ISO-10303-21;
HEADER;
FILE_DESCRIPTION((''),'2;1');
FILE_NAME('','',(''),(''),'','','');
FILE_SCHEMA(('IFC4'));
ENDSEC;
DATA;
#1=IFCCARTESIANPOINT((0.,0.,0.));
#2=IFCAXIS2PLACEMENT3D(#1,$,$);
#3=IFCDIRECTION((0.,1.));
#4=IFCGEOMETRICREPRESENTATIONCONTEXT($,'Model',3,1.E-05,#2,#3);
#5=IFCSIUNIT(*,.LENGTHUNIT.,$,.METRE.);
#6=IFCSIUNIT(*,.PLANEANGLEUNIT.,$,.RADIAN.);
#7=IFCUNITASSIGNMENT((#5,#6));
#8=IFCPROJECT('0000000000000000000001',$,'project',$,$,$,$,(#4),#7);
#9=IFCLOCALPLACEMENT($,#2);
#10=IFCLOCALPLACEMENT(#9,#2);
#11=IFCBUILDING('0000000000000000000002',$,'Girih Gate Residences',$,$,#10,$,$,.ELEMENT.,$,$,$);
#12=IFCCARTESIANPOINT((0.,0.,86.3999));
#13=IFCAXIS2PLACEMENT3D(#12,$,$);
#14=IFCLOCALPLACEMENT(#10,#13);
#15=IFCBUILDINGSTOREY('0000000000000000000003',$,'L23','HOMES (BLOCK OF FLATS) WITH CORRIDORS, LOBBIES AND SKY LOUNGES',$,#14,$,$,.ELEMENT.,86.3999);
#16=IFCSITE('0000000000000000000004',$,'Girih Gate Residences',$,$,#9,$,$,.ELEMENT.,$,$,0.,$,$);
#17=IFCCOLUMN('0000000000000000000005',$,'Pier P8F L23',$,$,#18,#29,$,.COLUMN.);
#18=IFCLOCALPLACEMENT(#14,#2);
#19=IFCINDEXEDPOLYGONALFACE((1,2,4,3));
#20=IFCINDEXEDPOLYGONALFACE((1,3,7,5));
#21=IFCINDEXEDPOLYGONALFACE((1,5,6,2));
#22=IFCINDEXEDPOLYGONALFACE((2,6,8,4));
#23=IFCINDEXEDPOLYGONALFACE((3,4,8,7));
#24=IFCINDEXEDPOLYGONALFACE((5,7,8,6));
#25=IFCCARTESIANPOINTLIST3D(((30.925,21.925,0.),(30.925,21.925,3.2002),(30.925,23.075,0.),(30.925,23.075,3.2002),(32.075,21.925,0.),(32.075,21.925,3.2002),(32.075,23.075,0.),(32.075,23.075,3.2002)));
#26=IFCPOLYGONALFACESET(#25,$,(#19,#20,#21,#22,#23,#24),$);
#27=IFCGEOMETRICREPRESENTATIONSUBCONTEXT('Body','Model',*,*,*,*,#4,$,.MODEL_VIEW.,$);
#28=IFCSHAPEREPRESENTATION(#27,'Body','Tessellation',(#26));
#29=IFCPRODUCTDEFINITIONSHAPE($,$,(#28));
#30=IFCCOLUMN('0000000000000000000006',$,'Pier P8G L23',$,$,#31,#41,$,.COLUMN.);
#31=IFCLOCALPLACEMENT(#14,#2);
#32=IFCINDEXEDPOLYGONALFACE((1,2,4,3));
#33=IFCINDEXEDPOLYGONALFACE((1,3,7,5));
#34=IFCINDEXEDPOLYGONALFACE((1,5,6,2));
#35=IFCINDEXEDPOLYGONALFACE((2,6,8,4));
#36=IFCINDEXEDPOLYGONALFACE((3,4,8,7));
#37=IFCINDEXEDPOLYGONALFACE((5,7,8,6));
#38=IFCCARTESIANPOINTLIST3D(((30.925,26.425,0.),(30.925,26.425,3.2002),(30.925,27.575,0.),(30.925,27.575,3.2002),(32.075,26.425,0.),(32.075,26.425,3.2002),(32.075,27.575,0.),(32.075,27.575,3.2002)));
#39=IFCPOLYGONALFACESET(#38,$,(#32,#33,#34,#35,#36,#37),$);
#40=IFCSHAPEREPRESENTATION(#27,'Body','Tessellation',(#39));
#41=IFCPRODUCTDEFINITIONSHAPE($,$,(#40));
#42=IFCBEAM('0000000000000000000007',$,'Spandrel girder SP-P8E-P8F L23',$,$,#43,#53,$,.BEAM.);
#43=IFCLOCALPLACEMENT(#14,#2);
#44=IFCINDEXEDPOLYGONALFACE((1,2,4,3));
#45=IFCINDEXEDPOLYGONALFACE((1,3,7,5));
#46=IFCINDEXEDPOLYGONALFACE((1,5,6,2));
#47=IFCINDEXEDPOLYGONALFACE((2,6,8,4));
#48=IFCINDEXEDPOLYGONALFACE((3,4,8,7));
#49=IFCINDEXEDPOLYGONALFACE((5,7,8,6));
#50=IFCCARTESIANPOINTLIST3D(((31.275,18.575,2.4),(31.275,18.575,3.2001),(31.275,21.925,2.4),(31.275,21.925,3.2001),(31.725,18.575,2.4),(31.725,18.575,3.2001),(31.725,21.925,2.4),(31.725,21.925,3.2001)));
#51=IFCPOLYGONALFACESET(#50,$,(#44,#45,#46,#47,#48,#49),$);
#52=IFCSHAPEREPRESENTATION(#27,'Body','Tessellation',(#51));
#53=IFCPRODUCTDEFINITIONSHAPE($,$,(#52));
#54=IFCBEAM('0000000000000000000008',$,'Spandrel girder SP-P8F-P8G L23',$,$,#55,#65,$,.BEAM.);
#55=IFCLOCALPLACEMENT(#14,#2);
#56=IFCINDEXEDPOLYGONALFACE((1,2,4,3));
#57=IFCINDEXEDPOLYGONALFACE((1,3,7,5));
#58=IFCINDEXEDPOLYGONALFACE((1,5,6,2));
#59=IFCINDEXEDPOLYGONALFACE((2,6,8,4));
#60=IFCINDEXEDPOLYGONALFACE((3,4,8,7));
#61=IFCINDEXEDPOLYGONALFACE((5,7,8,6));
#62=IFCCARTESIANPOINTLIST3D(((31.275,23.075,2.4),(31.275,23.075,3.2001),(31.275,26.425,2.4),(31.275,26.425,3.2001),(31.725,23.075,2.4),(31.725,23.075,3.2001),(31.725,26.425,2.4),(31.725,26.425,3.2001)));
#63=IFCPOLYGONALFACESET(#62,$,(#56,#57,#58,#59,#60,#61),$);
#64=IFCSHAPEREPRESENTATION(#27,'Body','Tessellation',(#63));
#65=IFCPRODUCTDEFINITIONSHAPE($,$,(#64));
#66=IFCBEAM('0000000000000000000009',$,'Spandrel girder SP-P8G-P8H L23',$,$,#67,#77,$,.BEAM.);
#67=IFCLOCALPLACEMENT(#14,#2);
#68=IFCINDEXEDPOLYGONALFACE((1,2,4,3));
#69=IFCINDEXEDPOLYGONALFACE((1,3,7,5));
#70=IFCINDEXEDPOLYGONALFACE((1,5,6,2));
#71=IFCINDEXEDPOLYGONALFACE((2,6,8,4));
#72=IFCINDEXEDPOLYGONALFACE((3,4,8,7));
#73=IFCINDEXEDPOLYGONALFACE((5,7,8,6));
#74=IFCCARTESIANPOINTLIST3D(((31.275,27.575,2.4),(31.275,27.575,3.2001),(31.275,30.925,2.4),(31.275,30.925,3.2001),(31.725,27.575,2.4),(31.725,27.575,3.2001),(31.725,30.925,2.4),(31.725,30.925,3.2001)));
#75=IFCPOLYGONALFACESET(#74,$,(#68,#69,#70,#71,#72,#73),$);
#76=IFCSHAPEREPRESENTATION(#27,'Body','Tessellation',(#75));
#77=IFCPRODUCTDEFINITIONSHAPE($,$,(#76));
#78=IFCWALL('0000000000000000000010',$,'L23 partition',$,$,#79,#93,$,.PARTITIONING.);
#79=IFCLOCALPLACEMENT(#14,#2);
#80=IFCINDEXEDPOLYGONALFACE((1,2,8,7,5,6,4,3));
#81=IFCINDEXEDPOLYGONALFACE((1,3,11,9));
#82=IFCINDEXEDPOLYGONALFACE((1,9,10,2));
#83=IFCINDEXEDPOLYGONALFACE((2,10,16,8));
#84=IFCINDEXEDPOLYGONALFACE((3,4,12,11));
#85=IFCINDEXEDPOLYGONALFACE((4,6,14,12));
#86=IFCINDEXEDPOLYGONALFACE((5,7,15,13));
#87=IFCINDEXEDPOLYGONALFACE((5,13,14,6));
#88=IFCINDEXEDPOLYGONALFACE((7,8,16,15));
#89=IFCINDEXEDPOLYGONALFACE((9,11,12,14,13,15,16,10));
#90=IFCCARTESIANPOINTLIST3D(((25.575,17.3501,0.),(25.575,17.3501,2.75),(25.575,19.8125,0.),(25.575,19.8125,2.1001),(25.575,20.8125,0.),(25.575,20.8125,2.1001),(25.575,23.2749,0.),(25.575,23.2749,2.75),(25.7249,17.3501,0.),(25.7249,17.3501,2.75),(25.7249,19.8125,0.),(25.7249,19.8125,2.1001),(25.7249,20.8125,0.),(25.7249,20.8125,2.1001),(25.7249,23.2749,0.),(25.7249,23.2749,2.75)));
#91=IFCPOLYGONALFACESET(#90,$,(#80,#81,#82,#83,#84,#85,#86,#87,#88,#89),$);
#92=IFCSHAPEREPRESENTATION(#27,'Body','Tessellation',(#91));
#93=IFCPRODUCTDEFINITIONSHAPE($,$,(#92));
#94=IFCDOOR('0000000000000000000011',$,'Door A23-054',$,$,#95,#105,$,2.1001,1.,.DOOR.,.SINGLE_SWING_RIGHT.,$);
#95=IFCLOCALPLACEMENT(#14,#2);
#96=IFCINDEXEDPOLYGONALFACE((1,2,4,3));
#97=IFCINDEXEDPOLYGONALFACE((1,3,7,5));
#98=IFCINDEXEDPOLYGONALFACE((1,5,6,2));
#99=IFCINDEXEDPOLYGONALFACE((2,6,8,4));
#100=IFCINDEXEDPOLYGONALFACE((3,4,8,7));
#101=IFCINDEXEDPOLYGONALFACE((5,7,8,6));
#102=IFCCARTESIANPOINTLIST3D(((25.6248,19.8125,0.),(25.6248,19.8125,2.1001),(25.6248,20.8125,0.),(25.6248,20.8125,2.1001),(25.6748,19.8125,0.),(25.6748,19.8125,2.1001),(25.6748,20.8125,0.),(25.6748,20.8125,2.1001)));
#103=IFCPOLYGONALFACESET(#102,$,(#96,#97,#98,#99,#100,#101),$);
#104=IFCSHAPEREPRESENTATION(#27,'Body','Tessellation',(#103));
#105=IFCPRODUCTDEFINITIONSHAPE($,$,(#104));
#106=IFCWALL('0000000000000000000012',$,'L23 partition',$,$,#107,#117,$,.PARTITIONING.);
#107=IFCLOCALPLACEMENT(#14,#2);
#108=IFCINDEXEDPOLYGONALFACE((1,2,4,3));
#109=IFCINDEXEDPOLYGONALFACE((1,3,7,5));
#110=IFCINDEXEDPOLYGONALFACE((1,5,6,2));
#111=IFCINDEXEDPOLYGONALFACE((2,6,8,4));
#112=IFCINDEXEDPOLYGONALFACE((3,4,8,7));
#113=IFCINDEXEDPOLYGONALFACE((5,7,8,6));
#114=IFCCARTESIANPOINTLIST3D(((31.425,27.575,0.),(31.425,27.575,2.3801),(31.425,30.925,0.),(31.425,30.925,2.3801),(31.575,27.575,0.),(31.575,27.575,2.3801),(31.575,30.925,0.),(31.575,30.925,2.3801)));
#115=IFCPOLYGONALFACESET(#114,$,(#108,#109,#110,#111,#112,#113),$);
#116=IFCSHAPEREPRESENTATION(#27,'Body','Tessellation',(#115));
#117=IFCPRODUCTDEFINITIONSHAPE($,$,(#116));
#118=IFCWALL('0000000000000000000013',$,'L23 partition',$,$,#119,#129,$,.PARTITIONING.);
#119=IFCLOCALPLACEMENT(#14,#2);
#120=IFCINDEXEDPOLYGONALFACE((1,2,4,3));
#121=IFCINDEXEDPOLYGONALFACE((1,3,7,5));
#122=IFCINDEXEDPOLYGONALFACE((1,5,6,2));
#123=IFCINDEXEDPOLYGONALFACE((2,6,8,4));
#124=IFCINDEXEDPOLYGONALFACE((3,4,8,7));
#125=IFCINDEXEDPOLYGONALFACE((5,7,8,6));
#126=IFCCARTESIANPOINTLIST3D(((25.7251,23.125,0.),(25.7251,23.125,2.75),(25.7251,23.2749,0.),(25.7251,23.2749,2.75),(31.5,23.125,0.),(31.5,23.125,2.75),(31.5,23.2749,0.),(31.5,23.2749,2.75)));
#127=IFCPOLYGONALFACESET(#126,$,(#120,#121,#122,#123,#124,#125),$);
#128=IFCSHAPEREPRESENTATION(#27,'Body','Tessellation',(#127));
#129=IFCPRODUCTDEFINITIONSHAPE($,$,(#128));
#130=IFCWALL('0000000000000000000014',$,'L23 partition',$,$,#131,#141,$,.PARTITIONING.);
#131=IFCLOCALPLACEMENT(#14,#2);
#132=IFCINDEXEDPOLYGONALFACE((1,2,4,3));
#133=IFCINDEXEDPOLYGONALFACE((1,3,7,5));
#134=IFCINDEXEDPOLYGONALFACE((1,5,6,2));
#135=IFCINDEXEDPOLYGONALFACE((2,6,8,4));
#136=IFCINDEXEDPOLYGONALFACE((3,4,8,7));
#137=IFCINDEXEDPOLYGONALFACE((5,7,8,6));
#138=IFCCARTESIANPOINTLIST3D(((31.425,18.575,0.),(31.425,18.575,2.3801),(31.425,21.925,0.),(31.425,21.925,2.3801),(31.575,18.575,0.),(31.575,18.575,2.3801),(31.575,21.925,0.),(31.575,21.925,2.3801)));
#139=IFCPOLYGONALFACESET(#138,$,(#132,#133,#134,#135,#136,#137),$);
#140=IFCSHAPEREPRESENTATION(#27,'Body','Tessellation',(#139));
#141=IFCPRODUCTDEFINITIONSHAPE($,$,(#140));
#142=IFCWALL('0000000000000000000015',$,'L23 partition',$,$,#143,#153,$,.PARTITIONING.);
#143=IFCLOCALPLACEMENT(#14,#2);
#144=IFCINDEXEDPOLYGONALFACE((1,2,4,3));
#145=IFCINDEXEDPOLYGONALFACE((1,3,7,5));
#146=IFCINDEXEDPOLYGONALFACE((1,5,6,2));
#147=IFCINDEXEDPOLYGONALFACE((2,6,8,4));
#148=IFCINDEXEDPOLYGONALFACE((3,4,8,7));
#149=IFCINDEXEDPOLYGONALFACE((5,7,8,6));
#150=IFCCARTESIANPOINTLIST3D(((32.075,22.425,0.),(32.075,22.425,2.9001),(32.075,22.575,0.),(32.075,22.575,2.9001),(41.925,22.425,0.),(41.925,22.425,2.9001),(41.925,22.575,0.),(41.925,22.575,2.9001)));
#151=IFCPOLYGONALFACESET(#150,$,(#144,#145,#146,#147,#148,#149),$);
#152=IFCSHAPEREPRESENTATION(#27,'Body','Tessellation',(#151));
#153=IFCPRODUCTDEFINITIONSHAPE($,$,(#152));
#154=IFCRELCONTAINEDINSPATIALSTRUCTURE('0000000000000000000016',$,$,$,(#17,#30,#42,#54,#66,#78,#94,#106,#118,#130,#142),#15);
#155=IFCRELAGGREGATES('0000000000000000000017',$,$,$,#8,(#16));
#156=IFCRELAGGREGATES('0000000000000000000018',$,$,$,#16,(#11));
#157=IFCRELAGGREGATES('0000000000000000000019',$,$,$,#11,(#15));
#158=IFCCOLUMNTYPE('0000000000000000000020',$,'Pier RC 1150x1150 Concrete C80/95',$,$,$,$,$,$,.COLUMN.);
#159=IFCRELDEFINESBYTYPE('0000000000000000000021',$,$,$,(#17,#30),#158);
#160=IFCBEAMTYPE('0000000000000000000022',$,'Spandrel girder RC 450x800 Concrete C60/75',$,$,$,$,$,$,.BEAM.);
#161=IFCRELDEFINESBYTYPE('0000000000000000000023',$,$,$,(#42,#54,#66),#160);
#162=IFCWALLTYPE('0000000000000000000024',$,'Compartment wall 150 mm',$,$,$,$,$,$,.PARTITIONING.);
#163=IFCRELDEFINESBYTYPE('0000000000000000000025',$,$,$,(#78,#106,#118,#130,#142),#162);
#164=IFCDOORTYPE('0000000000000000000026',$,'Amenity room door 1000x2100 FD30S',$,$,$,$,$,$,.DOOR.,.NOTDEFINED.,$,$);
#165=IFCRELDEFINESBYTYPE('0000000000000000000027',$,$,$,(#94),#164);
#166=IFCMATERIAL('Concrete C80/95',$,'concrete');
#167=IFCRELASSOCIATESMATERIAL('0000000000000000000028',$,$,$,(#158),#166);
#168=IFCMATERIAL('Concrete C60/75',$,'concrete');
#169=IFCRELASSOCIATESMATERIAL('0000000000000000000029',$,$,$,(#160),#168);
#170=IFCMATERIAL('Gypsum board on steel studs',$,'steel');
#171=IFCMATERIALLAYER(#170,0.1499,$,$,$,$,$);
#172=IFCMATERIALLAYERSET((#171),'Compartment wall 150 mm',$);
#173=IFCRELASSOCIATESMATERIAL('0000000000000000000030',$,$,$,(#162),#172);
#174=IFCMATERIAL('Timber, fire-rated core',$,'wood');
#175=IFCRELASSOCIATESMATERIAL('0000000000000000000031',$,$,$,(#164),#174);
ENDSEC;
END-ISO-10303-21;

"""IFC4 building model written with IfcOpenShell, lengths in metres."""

from ifc_helpers import new_model, si_unit, direction, frame, frame_2d, origin, origin_2d, place, context, subcontext, project, spatial, rectangle, extrude, material, layer, layer_set, material_profile, profile_set, type_object, element, fill, save


model = new_model("IFC4")

# Units and contexts
model_context = context("Model", 3, precision=1e-05, world=origin(), true_north=direction((0.0, 1.0)))
body_context = subcontext(model_context, "Body", "Model", "MODEL_VIEW")
ifc_project = project(units=[si_unit("LENGTHUNIT", "METRE"), si_unit("PLANEANGLEUNIT", "RADIAN")], contexts=[model_context])

# Site, building, storey
site_placement = place(None, origin())
site = spatial("IfcSite", under=ifc_project, at=site_placement, Name="Girih Gate Residences", CompositionType="ELEMENT", RefElevation=0.0)
building_placement = place(site_placement, origin())
building = spatial("IfcBuilding", under=site, at=building_placement, Name="Girih Gate Residences", CompositionType="ELEMENT")
storey_placement = place(building_placement, frame((0.0, 0.0, 86.3999)))
storey = spatial("IfcBuildingStorey", under=building, at=storey_placement, Name="L23", Description="HOMES (BLOCK OF FLATS) WITH CORRIDORS, LOBBIES AND SKY LOUNGES", CompositionType="ELEMENT", Elevation=86.3999)

# Columns
ifc_material_1 = material(Name="Concrete C80/95", Category="concrete")
ifc_material_profile_1 = material_profile(ifc_material_1, rectangle(XDim=1.1499, YDim=1.1499, at=origin_2d()))
ifc_profile_set_1 = profile_set([ifc_material_profile_1], Name="Concrete C80/95")
column_type = type_object("IfcColumnType", Name="Pier RC 1150x1150 Concrete C80/95", PredefinedType="COLUMN", material=ifc_profile_set_1)
for number, where, z_axis, x_axis, name in (
    (1, (31.5, 22.5, 0.0), (0.0, 0.0, 1.0), (1.0, 0.0, 0.0), "Pier P8F L23"),
    (2, (31.5, 27.0, 0.0), (0.0, 0.0, 1.0), (1.0, 0.0, 0.0), "Pier P8G L23"),
):
    element("IfcColumn", number, at=place(storey_placement, frame(where, z_axis=z_axis, x_axis=x_axis)), inside=storey, type_object=column_type, Name=name, PredefinedType="COLUMN", context=body_context, shape_type="SweptSolid", body=[
        extrude(rectangle(XDim=1.1499, YDim=1.1499, at=origin_2d()), origin(), (0.0, 0.0, 1.0), 3.2002),
    ])

# Beams
ifc_material_2 = material(Name="Concrete C60/75", Category="concrete")
ifc_material_profile_2 = material_profile(ifc_material_2, rectangle(XDim=0.45, YDim=0.8, at=origin_2d()))
ifc_profile_set_2 = profile_set([ifc_material_profile_2], Name="Concrete C60/75")
beam_type = type_object("IfcBeamType", Name="Spandrel girder RC 450x800 Concrete C60/75", PredefinedType="BEAM", material=ifc_profile_set_2)
for number, where, z_axis, x_axis, name in (
    (3, (31.5, 18.575, 2.8), (0.0, 1.0, 0.0), (-1.0, 0.0, 0.0), "Spandrel girder SP-P8E-P8F L23"),
    (4, (31.5, 23.075, 2.8), (0.0, 1.0, 0.0), (-1.0, 0.0, 0.0), "Spandrel girder SP-P8F-P8G L23"),
    (5, (31.5, 27.575, 2.8), (0.0, 1.0, 0.0), (-1.0, 0.0, 0.0), "Spandrel girder SP-P8G-P8H L23"),
):
    element("IfcBeam", number, at=place(storey_placement, frame(where, z_axis=z_axis, x_axis=x_axis)), inside=storey, type_object=beam_type, Name=name, PredefinedType="BEAM", context=body_context, shape_type="SweptSolid", body=[
        extrude(rectangle(XDim=0.45, YDim=0.8, at=origin_2d()), origin(), (0.0, 0.0, 1.0), 3.3501),
    ])

# Wall, opening, door
ifc_material_3 = material(Name="Gypsum board on steel studs", Category="steel")
ifc_layer_1 = layer(ifc_material_3, 0.1499)
ifc_layer_set_1 = layer_set([ifc_layer_1], Name="Compartment wall 150 mm")
wall_type_1 = type_object("IfcWallType", Name="Compartment wall 150 mm", PredefinedType="PARTITIONING", material=ifc_layer_set_1)
wall_1_placement = place(storey_placement, frame((25.6499, 23.2749, 0.0), z_axis=(0.0, 0.0, 1.0), x_axis=(0.0, -1.0, 0.0)))
wall_1 = element("IfcWall", 6, at=wall_1_placement, inside=storey, type_object=wall_type_1, Name="L23 partition", PredefinedType="PARTITIONING", context=body_context, shape_type="SweptSolid", body=[
    extrude(rectangle(XDim=5.9248, YDim=0.1499, at=frame_2d((2.9624, 0.0))), origin(), (0.0, 0.0, 1.0), 2.75),
])
opening_1_placement = place(wall_1_placement, frame((2.4624, 0.0, 0.0)))
opening_1 = element("IfcOpeningElement", 7, at=opening_1_placement, cuts=wall_1, PredefinedType="OPENING", context=body_context, shape_type="SweptSolid", body=[
    extrude(rectangle(XDim=1.0, YDim=2.1001, at=frame_2d((0.5, 1.05))), frame((0.0, 0.085, 0.0), z_axis=(0.0, -1.0, 0.0), x_axis=(1.0, 0.0, 0.0)), (0.0, 0.0, 1.0), 0.1699),
])
ifc_material_4 = material(Name="Timber, fire-rated core", Category="wood")
door_type_1 = type_object("IfcDoorType", Name="Amenity room door 1000x2100 FD30S", OperationType="NOTDEFINED", PredefinedType="DOOR", material=ifc_material_4)
door_1_placement = place(opening_1_placement, origin())
door_1 = element("IfcDoor", 8, at=door_1_placement, inside=storey, type_object=door_type_1, Name="Door A23-054", OperationType="SINGLE_SWING_RIGHT", OverallHeight=2.1001, OverallWidth=1.0, PredefinedType="DOOR", context=body_context, shape_type="SweptSolid", body=[
    extrude(rectangle(XDim=1.0, YDim=2.1001, at=frame_2d((0.5, 1.05))), frame((0.0, 0.0249, 0.0), z_axis=(0.0, -1.0, 0.0), x_axis=(1.0, 0.0, 0.0)), (0.0, 0.0, 1.0), 0.05),
])
fill(opening_1, door_1)

# Walls
wall_2_placement = place(storey_placement, frame((31.5, 27.575, 0.0), z_axis=(0.0, 0.0, 1.0), x_axis=(0.0, 1.0, 0.0)))
element("IfcWall", 9, at=wall_2_placement, inside=storey, type_object=wall_type_1, Name="L23 partition", PredefinedType="PARTITIONING", context=body_context, shape_type="SweptSolid", body=[
    extrude(rectangle(XDim=3.3501, YDim=0.1499, at=frame_2d((1.675, 0.0))), origin(), (0.0, 0.0, 1.0), 2.3801),
])
wall_3_placement = place(storey_placement, frame((25.7251, 23.2, 0.0), z_axis=(0.0, 0.0, 1.0), x_axis=(1.0, 0.0, 0.0)))
element("IfcWall", 10, at=wall_3_placement, inside=storey, type_object=wall_type_1, Name="L23 partition", PredefinedType="PARTITIONING", context=body_context, shape_type="SweptSolid", body=[
    extrude(rectangle(XDim=5.7749, YDim=0.1499, at=frame_2d((2.8875, 0.0))), origin(), (0.0, 0.0, 1.0), 2.75),
])
wall_4_placement = place(storey_placement, frame((31.5, 18.575, 0.0), z_axis=(0.0, 0.0, 1.0), x_axis=(0.0, 1.0, 0.0)))
element("IfcWall", 11, at=wall_4_placement, inside=storey, type_object=wall_type_1, Name="L23 partition", PredefinedType="PARTITIONING", context=body_context, shape_type="SweptSolid", body=[
    extrude(rectangle(XDim=3.3501, YDim=0.1499, at=frame_2d((1.675, 0.0))), origin(), (0.0, 0.0, 1.0), 2.3801),
])
wall_5_placement = place(storey_placement, frame((32.075, 22.5, 0.0), z_axis=(0.0, 0.0, 1.0), x_axis=(1.0, 0.0, 0.0)))
element("IfcWall", 12, at=wall_5_placement, inside=storey, type_object=wall_type_1, Name="L23 partition", PredefinedType="PARTITIONING", context=body_context, shape_type="SweptSolid", body=[
    extrude(rectangle(XDim=9.8501, YDim=0.1499, at=frame_2d((4.925, 0.0))), origin(), (0.0, 0.0, 1.0), 2.9001),
])

save(model, "model.ifc")
